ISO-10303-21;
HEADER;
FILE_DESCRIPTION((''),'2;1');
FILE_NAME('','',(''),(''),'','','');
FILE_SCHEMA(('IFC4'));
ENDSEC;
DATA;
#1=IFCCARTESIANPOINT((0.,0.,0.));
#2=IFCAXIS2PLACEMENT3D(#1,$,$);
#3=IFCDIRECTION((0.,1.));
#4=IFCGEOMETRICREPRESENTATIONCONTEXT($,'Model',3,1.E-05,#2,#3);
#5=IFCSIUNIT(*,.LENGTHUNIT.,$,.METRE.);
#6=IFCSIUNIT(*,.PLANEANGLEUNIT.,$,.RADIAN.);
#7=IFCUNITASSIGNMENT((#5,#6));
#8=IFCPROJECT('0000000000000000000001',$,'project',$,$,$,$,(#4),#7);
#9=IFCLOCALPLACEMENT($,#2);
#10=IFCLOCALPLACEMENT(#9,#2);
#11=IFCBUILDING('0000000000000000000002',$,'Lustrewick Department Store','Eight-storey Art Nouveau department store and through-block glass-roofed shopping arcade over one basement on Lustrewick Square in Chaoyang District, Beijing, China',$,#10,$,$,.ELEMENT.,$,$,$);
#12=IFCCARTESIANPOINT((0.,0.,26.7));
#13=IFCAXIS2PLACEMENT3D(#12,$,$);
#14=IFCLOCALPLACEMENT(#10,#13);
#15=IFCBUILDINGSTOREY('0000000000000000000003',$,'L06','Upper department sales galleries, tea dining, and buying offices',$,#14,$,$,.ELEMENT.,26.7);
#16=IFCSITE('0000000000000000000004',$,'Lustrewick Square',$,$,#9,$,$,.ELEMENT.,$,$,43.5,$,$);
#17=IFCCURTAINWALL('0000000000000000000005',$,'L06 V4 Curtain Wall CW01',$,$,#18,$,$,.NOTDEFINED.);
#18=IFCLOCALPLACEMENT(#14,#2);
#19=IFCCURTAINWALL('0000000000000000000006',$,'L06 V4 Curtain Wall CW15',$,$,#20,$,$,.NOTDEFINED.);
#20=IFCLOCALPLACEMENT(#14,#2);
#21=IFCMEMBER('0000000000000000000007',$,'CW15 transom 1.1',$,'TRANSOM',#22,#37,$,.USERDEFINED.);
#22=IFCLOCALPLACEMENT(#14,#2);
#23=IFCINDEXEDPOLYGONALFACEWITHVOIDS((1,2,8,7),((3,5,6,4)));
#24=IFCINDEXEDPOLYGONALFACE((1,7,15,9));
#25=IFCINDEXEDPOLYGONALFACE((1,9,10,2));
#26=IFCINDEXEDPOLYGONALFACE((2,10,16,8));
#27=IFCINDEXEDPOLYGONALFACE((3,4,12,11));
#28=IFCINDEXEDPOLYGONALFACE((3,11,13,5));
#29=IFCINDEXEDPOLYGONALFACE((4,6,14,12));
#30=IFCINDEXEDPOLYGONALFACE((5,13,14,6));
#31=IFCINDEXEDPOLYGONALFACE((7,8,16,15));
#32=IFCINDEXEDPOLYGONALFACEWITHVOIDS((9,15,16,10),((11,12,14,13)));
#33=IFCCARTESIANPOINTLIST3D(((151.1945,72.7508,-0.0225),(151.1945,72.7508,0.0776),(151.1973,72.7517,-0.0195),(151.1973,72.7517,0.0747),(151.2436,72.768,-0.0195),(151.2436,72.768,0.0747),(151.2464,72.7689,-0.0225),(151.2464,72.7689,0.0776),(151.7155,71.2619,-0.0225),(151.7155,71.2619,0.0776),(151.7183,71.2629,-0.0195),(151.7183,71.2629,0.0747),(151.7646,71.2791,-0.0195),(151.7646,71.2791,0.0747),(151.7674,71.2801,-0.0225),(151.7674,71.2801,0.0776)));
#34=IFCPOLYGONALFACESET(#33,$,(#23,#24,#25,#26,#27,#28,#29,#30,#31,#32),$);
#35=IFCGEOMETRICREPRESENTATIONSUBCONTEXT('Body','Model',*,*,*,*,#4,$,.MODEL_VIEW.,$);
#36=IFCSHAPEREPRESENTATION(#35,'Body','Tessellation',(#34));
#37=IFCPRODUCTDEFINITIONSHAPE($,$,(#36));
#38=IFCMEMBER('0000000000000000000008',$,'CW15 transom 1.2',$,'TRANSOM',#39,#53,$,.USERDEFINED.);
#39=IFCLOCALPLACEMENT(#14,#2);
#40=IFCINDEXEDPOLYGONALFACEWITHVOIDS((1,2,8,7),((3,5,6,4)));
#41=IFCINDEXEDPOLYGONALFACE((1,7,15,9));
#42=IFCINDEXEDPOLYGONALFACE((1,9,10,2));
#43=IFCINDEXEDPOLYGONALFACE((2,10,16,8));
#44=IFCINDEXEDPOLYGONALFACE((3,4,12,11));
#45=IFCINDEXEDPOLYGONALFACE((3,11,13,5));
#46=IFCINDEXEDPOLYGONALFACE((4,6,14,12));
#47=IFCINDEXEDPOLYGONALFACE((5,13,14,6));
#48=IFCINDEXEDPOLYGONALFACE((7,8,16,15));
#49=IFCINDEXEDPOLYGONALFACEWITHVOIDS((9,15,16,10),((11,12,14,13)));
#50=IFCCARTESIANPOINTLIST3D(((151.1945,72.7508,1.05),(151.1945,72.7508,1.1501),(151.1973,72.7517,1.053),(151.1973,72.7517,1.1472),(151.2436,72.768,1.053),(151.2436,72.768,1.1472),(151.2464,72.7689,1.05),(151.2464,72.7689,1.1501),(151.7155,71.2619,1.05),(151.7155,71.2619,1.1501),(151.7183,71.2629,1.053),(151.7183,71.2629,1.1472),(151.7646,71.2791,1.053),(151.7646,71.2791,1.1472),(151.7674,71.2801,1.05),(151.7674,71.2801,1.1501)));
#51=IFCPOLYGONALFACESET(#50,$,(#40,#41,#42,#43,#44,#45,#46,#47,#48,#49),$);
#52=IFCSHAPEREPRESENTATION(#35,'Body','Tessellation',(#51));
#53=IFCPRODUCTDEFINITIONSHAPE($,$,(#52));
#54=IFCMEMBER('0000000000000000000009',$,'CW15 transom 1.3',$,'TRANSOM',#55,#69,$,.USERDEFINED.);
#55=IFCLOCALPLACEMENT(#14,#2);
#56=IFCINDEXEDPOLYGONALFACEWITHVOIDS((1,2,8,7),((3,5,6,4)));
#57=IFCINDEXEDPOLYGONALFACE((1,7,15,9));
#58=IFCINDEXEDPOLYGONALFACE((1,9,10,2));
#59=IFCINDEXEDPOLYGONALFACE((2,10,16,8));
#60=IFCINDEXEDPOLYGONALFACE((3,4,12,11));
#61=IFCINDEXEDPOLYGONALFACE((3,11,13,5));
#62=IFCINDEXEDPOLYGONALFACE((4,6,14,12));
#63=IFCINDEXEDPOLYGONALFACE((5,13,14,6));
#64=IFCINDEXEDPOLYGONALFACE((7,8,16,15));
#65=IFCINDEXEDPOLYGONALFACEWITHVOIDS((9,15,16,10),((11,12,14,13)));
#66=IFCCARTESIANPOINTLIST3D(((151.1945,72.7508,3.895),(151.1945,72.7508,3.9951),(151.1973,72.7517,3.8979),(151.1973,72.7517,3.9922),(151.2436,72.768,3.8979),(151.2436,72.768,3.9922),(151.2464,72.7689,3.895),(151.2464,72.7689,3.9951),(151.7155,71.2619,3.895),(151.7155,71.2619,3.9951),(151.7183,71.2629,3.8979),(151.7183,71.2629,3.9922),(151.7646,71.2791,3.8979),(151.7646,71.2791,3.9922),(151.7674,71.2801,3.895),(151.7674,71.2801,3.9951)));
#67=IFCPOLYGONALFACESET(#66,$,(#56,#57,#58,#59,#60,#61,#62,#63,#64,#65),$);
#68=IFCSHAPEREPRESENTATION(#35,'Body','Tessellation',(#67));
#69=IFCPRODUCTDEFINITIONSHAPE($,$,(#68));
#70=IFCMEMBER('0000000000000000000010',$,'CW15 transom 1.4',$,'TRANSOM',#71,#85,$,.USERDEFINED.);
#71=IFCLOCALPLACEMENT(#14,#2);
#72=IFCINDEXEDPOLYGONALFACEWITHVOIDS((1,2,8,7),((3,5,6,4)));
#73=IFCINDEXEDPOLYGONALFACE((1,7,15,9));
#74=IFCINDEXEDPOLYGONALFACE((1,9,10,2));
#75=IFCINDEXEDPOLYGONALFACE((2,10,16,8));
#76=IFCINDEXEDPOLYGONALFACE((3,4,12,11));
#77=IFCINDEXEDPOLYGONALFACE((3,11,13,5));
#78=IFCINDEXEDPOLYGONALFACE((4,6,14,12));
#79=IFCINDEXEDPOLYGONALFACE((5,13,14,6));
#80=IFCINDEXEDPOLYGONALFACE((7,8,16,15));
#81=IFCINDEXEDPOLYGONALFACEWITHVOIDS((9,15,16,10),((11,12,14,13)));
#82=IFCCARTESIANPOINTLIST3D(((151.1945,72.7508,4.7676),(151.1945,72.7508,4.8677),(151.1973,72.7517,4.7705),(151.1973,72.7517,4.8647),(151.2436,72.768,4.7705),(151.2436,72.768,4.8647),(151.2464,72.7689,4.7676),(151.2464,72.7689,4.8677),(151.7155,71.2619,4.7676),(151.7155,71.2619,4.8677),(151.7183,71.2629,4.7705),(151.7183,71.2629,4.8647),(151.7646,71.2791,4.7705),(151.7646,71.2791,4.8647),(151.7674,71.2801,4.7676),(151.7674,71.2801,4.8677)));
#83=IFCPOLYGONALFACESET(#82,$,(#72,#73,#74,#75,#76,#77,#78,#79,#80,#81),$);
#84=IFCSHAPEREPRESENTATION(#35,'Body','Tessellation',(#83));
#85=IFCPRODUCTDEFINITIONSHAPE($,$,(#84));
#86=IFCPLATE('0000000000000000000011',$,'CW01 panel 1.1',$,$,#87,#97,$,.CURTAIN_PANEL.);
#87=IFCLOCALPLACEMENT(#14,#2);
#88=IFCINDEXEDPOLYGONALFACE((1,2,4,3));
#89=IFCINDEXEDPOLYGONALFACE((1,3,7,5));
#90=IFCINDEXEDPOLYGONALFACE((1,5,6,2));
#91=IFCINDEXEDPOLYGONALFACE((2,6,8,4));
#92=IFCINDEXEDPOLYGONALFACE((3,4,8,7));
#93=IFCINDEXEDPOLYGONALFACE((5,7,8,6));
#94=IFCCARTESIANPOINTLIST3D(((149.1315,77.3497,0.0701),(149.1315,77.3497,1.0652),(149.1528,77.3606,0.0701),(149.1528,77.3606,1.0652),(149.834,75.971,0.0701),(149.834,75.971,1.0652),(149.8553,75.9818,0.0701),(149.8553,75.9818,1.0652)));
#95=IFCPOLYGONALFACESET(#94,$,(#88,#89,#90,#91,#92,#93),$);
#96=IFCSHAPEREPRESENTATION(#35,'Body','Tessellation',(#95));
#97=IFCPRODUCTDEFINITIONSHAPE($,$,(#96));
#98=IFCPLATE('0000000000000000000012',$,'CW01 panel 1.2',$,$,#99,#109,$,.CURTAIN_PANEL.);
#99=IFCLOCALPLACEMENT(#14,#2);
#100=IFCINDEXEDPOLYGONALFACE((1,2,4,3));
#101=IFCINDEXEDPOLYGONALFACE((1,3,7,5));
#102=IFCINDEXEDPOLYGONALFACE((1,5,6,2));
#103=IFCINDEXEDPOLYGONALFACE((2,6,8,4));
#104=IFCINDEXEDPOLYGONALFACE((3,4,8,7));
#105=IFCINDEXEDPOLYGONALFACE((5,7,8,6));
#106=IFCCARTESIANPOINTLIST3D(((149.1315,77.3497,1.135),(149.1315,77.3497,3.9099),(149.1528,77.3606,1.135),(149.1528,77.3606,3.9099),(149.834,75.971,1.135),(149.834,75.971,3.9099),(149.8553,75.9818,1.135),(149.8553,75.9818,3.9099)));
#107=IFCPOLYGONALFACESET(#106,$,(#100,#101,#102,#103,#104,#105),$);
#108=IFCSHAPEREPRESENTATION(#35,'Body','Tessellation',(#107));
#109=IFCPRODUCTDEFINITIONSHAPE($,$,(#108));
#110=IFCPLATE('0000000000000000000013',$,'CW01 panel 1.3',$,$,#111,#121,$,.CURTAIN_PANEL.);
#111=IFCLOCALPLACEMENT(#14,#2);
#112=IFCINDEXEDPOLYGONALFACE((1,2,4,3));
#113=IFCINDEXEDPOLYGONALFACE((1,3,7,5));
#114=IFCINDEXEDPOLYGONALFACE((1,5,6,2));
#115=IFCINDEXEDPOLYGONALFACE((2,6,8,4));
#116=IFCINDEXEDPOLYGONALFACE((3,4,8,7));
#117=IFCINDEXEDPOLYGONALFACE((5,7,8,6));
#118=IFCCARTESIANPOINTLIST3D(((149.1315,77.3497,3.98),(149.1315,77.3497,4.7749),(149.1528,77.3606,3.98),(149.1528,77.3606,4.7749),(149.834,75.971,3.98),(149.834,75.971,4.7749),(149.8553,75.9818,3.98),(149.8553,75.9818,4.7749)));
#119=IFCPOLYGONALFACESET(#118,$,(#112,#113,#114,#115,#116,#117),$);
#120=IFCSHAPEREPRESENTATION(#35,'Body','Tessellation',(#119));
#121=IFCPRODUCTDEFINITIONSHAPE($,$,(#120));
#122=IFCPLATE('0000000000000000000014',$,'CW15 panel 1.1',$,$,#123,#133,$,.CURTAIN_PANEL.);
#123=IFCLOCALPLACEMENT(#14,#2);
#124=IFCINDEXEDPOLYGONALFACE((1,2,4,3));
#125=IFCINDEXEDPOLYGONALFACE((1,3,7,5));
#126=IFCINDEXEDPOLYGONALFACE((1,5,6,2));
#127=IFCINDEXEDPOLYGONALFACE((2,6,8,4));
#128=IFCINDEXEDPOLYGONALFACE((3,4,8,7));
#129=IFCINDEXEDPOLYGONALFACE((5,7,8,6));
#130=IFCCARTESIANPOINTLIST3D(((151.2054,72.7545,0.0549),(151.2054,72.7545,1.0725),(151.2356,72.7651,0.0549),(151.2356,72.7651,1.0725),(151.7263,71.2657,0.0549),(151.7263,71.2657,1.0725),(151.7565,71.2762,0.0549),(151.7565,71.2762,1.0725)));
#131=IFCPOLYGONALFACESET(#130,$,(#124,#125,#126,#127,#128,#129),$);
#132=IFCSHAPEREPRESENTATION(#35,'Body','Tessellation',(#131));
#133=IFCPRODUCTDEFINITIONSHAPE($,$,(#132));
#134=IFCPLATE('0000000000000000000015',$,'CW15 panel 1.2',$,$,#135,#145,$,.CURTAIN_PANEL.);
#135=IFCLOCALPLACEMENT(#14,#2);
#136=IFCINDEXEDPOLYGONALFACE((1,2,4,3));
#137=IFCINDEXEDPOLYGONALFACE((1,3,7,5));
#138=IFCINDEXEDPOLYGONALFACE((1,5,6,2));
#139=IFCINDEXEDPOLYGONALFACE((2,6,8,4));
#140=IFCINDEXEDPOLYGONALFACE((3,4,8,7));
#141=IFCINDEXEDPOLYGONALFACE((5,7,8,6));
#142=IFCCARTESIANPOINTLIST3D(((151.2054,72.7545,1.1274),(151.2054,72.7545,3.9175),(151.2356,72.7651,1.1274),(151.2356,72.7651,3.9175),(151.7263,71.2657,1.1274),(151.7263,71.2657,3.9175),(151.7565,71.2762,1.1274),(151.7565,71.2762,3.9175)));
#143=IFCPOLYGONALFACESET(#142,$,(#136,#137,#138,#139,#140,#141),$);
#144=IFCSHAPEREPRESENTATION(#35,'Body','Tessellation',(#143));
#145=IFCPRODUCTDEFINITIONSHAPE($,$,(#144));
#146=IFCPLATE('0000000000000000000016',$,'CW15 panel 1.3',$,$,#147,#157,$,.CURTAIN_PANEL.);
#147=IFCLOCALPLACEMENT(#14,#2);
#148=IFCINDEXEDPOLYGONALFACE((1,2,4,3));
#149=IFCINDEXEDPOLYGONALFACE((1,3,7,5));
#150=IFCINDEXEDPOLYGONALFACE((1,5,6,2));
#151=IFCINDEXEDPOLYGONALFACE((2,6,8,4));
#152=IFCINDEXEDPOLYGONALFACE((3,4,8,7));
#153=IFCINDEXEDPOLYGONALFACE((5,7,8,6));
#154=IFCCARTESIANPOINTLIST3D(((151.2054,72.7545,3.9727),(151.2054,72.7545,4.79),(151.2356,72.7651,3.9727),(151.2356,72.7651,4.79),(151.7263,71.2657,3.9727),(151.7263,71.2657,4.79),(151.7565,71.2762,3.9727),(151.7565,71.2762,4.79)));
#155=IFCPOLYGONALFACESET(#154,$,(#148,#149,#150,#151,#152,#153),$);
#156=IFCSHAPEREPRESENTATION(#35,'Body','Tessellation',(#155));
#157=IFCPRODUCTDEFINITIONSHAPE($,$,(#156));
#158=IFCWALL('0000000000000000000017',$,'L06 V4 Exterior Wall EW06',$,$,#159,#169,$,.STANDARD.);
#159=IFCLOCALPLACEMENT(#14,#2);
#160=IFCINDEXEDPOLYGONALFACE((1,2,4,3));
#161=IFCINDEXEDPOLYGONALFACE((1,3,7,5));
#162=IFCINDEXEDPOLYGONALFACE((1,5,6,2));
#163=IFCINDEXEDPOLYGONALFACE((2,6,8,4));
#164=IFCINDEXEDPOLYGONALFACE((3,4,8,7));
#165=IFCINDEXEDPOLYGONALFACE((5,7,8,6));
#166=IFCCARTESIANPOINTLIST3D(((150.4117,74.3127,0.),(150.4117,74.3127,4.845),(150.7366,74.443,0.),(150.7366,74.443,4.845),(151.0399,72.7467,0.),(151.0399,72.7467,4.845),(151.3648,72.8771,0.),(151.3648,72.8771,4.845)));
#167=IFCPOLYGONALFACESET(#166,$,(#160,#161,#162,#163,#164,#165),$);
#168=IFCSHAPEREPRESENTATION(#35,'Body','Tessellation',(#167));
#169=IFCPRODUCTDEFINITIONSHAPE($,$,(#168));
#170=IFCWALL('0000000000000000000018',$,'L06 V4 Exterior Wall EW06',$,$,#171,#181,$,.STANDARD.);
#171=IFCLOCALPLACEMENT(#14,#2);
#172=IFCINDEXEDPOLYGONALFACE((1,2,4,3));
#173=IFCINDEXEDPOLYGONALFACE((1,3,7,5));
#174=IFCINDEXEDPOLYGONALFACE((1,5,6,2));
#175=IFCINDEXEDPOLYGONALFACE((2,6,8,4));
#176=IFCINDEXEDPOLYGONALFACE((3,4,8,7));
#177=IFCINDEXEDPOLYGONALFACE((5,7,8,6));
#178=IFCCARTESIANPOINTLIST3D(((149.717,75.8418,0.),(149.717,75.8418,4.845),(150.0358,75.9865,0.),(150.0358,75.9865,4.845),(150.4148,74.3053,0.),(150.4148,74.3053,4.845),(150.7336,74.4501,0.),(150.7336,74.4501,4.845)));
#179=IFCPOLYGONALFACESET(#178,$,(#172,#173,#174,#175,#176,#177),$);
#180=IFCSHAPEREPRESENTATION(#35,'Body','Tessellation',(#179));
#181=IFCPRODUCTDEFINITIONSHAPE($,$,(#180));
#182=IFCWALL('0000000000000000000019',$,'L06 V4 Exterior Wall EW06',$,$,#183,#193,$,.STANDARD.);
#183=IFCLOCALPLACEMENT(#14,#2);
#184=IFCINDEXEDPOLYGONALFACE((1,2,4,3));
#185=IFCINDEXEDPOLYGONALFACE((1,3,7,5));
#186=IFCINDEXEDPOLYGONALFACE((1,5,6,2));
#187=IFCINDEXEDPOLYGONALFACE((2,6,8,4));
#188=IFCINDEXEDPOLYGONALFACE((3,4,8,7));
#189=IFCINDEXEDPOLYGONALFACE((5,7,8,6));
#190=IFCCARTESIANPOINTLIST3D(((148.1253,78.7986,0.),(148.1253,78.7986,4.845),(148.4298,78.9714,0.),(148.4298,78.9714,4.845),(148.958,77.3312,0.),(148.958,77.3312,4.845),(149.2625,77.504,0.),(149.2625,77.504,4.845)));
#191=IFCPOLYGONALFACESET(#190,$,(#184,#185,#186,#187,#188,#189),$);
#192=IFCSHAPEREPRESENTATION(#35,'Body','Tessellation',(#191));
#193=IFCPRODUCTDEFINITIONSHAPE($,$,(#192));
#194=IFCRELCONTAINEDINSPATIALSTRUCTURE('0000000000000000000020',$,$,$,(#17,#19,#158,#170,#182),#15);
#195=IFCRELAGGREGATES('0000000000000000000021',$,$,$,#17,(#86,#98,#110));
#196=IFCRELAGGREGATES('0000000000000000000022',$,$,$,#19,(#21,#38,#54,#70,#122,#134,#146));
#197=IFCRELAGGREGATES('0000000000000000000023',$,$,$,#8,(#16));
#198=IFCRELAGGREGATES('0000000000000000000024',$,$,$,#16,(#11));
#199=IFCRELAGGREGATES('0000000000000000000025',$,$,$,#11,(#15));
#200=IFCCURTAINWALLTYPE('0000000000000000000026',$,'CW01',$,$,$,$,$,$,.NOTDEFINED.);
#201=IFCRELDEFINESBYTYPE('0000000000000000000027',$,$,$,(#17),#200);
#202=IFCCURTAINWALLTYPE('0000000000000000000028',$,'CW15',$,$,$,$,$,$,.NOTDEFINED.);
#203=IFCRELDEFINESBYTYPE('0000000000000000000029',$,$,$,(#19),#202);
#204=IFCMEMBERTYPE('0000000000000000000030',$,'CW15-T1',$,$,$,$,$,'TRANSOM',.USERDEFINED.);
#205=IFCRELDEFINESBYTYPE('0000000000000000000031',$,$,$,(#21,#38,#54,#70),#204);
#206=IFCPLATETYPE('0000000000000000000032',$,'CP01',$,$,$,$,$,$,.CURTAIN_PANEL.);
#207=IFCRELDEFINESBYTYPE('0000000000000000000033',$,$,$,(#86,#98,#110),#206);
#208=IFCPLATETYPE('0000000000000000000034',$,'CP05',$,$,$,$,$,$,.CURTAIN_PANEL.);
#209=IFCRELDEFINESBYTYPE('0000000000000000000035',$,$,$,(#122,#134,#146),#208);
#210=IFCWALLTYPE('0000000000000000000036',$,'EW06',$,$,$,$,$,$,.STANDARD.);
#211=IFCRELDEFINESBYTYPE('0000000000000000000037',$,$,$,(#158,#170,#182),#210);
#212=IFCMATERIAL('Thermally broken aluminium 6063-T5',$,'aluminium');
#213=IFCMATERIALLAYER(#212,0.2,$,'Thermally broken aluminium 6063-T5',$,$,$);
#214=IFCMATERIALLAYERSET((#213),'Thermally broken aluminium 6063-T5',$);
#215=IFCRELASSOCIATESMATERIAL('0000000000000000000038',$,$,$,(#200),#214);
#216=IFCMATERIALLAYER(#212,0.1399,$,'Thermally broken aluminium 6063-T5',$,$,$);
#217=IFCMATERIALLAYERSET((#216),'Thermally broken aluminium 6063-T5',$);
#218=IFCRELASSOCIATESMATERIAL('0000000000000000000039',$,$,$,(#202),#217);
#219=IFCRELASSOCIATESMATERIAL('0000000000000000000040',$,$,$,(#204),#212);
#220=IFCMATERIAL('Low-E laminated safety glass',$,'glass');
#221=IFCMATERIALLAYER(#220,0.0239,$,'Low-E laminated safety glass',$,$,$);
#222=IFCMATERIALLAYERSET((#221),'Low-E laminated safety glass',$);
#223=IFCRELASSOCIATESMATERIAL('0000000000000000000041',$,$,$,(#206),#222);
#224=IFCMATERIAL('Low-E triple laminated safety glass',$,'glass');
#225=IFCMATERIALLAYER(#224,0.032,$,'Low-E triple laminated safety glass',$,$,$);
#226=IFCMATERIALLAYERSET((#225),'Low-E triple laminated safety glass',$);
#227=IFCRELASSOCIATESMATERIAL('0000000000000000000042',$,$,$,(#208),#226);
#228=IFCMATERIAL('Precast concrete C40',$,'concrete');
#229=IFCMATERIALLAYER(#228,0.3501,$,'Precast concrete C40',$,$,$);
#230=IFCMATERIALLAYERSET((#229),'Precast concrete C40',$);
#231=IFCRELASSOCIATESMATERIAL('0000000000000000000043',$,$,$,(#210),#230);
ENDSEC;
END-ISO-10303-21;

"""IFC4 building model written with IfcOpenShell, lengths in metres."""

from ifc_helpers import new_model, si_unit, direction, frame, frame_2d, origin, origin_2d, place, context, subcontext, project, spatial, rectangle, hollow_rectangle, extrude, material, layer, layer_set, material_profile, profile_set, type_object, element, aggregate, save


model = new_model("IFC4")

# Units and contexts
model_context = context("Model", 3, precision=1e-05, world=origin(), true_north=direction((0.0, 1.0)))
body_context = subcontext(model_context, "Body", "Model", "MODEL_VIEW")
ifc_project = project(units=[si_unit("LENGTHUNIT", "METRE"), si_unit("PLANEANGLEUNIT", "RADIAN")], contexts=[model_context])

# Site, building, storey
site_placement = place(None, origin())
site = spatial("IfcSite", under=ifc_project, at=site_placement, Name="Lustrewick Square", CompositionType="ELEMENT", RefElevation=43.5)
building_placement = place(site_placement, origin())
building = spatial("IfcBuilding", under=site, at=building_placement, Name="Lustrewick Department Store", Description="Eight-storey Art Nouveau department store and through-block glass-roofed shopping arcade over one basement on Lustrewick Square in Chaoyang District, Beijing, China", CompositionType="ELEMENT")
storey_placement = place(building_placement, frame((0.0, 0.0, 26.7)))
storey = spatial("IfcBuildingStorey", under=building, at=storey_placement, Name="L06", Description="Upper department sales galleries, tea dining, and buying offices", CompositionType="ELEMENT", Elevation=26.7)

# Curtain walls, members
ifc_material_1 = material(Name="Thermally broken aluminium 6063-T5", Category="aluminium")
ifc_layer_1 = layer(ifc_material_1, 0.2, Name="Thermally broken aluminium 6063-T5")
ifc_layer_set_1 = layer_set([ifc_layer_1], Name="Thermally broken aluminium 6063-T5")
curtain_wall_type_1 = type_object("IfcCurtainWallType", Name="CW01", PredefinedType="NOTDEFINED", material=ifc_layer_set_1)
curtain_wall_1_placement = place(storey_placement, origin())
curtain_wall_1 = element("IfcCurtainWall", 1, at=curtain_wall_1_placement, inside=storey, type_object=curtain_wall_type_1, Name="L06 V4 Curtain Wall CW01", PredefinedType="NOTDEFINED")
ifc_layer_2 = layer(ifc_material_1, 0.1399, Name="Thermally broken aluminium 6063-T5")
ifc_layer_set_2 = layer_set([ifc_layer_2], Name="Thermally broken aluminium 6063-T5")
curtain_wall_type_2 = type_object("IfcCurtainWallType", Name="CW15", PredefinedType="NOTDEFINED", material=ifc_layer_set_2)
curtain_wall_2_placement = place(storey_placement, origin())
curtain_wall_2 = element("IfcCurtainWall", 2, at=curtain_wall_2_placement, inside=storey, type_object=curtain_wall_type_2, Name="L06 V4 Curtain Wall CW15", PredefinedType="NOTDEFINED")
ifc_material_profile_1 = material_profile(ifc_material_1, hollow_rectangle(XDim=0.0549, YDim=0.1001, WallThickness=0.0029, at=origin_2d()), Name="ALU-T 55x100x3")
ifc_profile_set_1 = profile_set([ifc_material_profile_1], Name="Thermally broken aluminium 6063-T5")
member_type_1 = type_object("IfcMemberType", Name="CW15-T1", ElementType="TRANSOM", PredefinedType="USERDEFINED", material=ifc_profile_set_1)
member_1_placement = place(storey_placement, frame((151.7415, 71.271, 0.0276), z_axis=(-0.330309, 0.943873, 0.0), x_axis=(-0.943873, -0.330309, 0.0)))
member_1 = element("IfcMember", 3, at=member_1_placement, type_object=member_type_1, Name="CW15 transom 1.1", ObjectType="TRANSOM", PredefinedType="USERDEFINED", context=body_context, shape_type="SweptSolid", body=[
    extrude(hollow_rectangle(XDim=0.0549, YDim=0.1001, WallThickness=0.0029, at=origin_2d()), origin(), (0.0, 0.0, 1.0), 1.5774),
])
member_2_placement = place(storey_placement, frame((151.7415, 71.271, 1.1001), z_axis=(-0.330309, 0.943873, 0.0), x_axis=(-0.943873, -0.330309, 0.0)))
member_2 = element("IfcMember", 4, at=member_2_placement, type_object=member_type_1, Name="CW15 transom 1.2", ObjectType="TRANSOM", PredefinedType="USERDEFINED", context=body_context, shape_type="SweptSolid", body=[
    extrude(hollow_rectangle(XDim=0.0549, YDim=0.1001, WallThickness=0.0029, at=origin_2d()), origin(), (0.0, 0.0, 1.0), 1.5774),
])
member_3_placement = place(storey_placement, frame((151.7415, 71.271, 3.9451), z_axis=(-0.330309, 0.943873, 0.0), x_axis=(-0.943873, -0.330309, 0.0)))
member_3 = element("IfcMember", 5, at=member_3_placement, type_object=member_type_1, Name="CW15 transom 1.3", ObjectType="TRANSOM", PredefinedType="USERDEFINED", context=body_context, shape_type="SweptSolid", body=[
    extrude(hollow_rectangle(XDim=0.0549, YDim=0.1001, WallThickness=0.0029, at=origin_2d()), origin(), (0.0, 0.0, 1.0), 1.5774),
])
member_4_placement = place(storey_placement, frame((151.7415, 71.271, 4.8176), z_axis=(-0.330309, 0.943873, 0.0), x_axis=(-0.943873, -0.330309, 0.0)))
member_4 = element("IfcMember", 6, at=member_4_placement, type_object=member_type_1, Name="CW15 transom 1.4", ObjectType="TRANSOM", PredefinedType="USERDEFINED", context=body_context, shape_type="SweptSolid", body=[
    extrude(hollow_rectangle(XDim=0.0549, YDim=0.1001, WallThickness=0.0029, at=origin_2d()), origin(), (0.0, 0.0, 1.0), 1.5774),
])

# Plates
ifc_material_2 = material(Name="Low-E laminated safety glass", Category="glass")
ifc_layer_3 = layer(ifc_material_2, 0.0239, Name="Low-E laminated safety glass")
ifc_layer_set_3 = layer_set([ifc_layer_3], Name="Low-E laminated safety glass")
plate_type_1 = type_object("IfcPlateType", Name="CP01", PredefinedType="CURTAIN_PANEL", material=ifc_layer_set_3)
plate_1_placement = place(storey_placement, frame((149.4934, 76.6658, 0.0701), z_axis=(0.0, 0.0, 1.0), x_axis=(-0.453957, 0.891024, 0.0)))
plate_1 = element("IfcPlate", 7, at=plate_1_placement, type_object=plate_type_1, Name="CW01 panel 1.1", PredefinedType="CURTAIN_PANEL", context=body_context, shape_type="SweptSolid", body=[
    extrude(rectangle(XDim=1.5474, YDim=0.0239, at=origin_2d()), origin(), (0.0, 0.0, 1.0), 0.9951),
])
plate_2_placement = place(storey_placement, frame((149.4934, 76.6658, 1.135), z_axis=(0.0, 0.0, 1.0), x_axis=(-0.453957, 0.891024, 0.0)))
plate_2 = element("IfcPlate", 8, at=plate_2_placement, type_object=plate_type_1, Name="CW01 panel 1.2", PredefinedType="CURTAIN_PANEL", context=body_context, shape_type="SweptSolid", body=[
    extrude(rectangle(XDim=1.5474, YDim=0.0239, at=origin_2d()), origin(), (0.0, 0.0, 1.0), 2.7749),
])
plate_3_placement = place(storey_placement, frame((149.4934, 76.6658, 3.98), z_axis=(0.0, 0.0, 1.0), x_axis=(-0.453957, 0.891024, 0.0)))
plate_3 = element("IfcPlate", 9, at=plate_3_placement, type_object=plate_type_1, Name="CW01 panel 1.3", PredefinedType="CURTAIN_PANEL", context=body_context, shape_type="SweptSolid", body=[
    extrude(rectangle(XDim=1.5474, YDim=0.0239, at=origin_2d()), origin(), (0.0, 0.0, 1.0), 0.7949),
])
aggregate(curtain_wall_1, [plate_1, plate_2, plate_3])
ifc_material_3 = material(Name="Low-E triple laminated safety glass", Category="glass")
ifc_layer_4 = layer(ifc_material_3, 0.032, Name="Low-E triple laminated safety glass")
ifc_layer_set_4 = layer_set([ifc_layer_4], Name="Low-E triple laminated safety glass")
plate_type_2 = type_object("IfcPlateType", Name="CP05", PredefinedType="CURTAIN_PANEL", material=ifc_layer_set_4)
plate_4_placement = place(storey_placement, frame((151.481, 72.0154, 0.0549), z_axis=(0.0, 0.0, 1.0), x_axis=(-0.330274, 0.943885, 0.0)))
plate_4 = element("IfcPlate", 10, at=plate_4_placement, type_object=plate_type_2, Name="CW15 panel 1.1", PredefinedType="CURTAIN_PANEL", context=body_context, shape_type="SweptSolid", body=[
    extrude(rectangle(XDim=1.5774, YDim=0.032, at=origin_2d()), origin(), (0.0, 0.0, 1.0), 1.0176),
])
plate_5_placement = place(storey_placement, frame((151.481, 72.0154, 1.1274), z_axis=(0.0, 0.0, 1.0), x_axis=(-0.330274, 0.943885, 0.0)))
plate_5 = element("IfcPlate", 11, at=plate_5_placement, type_object=plate_type_2, Name="CW15 panel 1.2", PredefinedType="CURTAIN_PANEL", context=body_context, shape_type="SweptSolid", body=[
    extrude(rectangle(XDim=1.5774, YDim=0.032, at=origin_2d()), origin(), (0.0, 0.0, 1.0), 2.79),
])
plate_6_placement = place(storey_placement, frame((151.481, 72.0154, 3.9727), z_axis=(0.0, 0.0, 1.0), x_axis=(-0.330274, 0.943885, 0.0)))
plate_6 = element("IfcPlate", 12, at=plate_6_placement, type_object=plate_type_2, Name="CW15 panel 1.3", PredefinedType="CURTAIN_PANEL", context=body_context, shape_type="SweptSolid", body=[
    extrude(rectangle(XDim=1.5774, YDim=0.032, at=origin_2d()), origin(), (0.0, 0.0, 1.0), 0.8174),
])
aggregate(curtain_wall_2, [member_1, member_2, member_3, member_4, plate_4, plate_5, plate_6])

# Walls
ifc_material_4 = material(Name="Precast concrete C40", Category="concrete")
ifc_layer_5 = layer(ifc_material_4, 0.3501, Name="Precast concrete C40")
ifc_layer_set_5 = layer_set([ifc_layer_5], Name="Precast concrete C40")
wall_type_1 = type_object("IfcWallType", Name="EW06", PredefinedType="STANDARD", material=ifc_layer_set_5)
wall_1_placement = place(storey_placement, frame((151.2024, 72.8118, 0.0), z_axis=(0.0, 0.0, 1.0), x_axis=(-0.372314, 0.928107, 0.0)))
element("IfcWall", 13, at=wall_1_placement, inside=storey, type_object=wall_type_1, Name="L06 V4 Exterior Wall EW06", PredefinedType="STANDARD", context=body_context, shape_type="SweptSolid", body=[
    extrude(rectangle(XDim=1.6873, YDim=0.3501, at=frame_2d((0.8438, 0.0))), origin(), (0.0, 0.0, 1.0), 4.845),
])
wall_2_placement = place(storey_placement, frame((150.5742, 74.3777, 0.0), z_axis=(0.0, 0.0, 1.0), x_axis=(-0.413509, 0.9105, 0.0)))
element("IfcWall", 14, at=wall_2_placement, inside=storey, type_object=wall_type_1, Name="L06 V4 Exterior Wall EW06", PredefinedType="STANDARD", context=body_context, shape_type="SweptSolid", body=[
    extrude(rectangle(XDim=1.6875, YDim=0.3501, at=frame_2d((0.8438, 0.0))), origin(), (0.0, 0.0, 1.0), 4.845),
])
for number, where, z_axis, x_axis, name in (
    (15, (149.1104, 77.4175, 0.0), (0.0, 0.0, 1.0), (-0.493535, 0.869726, 0.0), "L06 V4 Exterior Wall EW06"),
):
    element("IfcWall", number, at=place(storey_placement, frame(where, z_axis=z_axis, x_axis=x_axis)), inside=storey, type_object=wall_type_1, Name=name, PredefinedType="STANDARD", context=body_context, shape_type="SweptSolid", body=[
        extrude(rectangle(XDim=1.6873, YDim=0.3501, at=frame_2d((0.8438, 0.0))), origin(), (0.0, 0.0, 1.0), 4.845),
    ])

save(model, "model.ifc")
